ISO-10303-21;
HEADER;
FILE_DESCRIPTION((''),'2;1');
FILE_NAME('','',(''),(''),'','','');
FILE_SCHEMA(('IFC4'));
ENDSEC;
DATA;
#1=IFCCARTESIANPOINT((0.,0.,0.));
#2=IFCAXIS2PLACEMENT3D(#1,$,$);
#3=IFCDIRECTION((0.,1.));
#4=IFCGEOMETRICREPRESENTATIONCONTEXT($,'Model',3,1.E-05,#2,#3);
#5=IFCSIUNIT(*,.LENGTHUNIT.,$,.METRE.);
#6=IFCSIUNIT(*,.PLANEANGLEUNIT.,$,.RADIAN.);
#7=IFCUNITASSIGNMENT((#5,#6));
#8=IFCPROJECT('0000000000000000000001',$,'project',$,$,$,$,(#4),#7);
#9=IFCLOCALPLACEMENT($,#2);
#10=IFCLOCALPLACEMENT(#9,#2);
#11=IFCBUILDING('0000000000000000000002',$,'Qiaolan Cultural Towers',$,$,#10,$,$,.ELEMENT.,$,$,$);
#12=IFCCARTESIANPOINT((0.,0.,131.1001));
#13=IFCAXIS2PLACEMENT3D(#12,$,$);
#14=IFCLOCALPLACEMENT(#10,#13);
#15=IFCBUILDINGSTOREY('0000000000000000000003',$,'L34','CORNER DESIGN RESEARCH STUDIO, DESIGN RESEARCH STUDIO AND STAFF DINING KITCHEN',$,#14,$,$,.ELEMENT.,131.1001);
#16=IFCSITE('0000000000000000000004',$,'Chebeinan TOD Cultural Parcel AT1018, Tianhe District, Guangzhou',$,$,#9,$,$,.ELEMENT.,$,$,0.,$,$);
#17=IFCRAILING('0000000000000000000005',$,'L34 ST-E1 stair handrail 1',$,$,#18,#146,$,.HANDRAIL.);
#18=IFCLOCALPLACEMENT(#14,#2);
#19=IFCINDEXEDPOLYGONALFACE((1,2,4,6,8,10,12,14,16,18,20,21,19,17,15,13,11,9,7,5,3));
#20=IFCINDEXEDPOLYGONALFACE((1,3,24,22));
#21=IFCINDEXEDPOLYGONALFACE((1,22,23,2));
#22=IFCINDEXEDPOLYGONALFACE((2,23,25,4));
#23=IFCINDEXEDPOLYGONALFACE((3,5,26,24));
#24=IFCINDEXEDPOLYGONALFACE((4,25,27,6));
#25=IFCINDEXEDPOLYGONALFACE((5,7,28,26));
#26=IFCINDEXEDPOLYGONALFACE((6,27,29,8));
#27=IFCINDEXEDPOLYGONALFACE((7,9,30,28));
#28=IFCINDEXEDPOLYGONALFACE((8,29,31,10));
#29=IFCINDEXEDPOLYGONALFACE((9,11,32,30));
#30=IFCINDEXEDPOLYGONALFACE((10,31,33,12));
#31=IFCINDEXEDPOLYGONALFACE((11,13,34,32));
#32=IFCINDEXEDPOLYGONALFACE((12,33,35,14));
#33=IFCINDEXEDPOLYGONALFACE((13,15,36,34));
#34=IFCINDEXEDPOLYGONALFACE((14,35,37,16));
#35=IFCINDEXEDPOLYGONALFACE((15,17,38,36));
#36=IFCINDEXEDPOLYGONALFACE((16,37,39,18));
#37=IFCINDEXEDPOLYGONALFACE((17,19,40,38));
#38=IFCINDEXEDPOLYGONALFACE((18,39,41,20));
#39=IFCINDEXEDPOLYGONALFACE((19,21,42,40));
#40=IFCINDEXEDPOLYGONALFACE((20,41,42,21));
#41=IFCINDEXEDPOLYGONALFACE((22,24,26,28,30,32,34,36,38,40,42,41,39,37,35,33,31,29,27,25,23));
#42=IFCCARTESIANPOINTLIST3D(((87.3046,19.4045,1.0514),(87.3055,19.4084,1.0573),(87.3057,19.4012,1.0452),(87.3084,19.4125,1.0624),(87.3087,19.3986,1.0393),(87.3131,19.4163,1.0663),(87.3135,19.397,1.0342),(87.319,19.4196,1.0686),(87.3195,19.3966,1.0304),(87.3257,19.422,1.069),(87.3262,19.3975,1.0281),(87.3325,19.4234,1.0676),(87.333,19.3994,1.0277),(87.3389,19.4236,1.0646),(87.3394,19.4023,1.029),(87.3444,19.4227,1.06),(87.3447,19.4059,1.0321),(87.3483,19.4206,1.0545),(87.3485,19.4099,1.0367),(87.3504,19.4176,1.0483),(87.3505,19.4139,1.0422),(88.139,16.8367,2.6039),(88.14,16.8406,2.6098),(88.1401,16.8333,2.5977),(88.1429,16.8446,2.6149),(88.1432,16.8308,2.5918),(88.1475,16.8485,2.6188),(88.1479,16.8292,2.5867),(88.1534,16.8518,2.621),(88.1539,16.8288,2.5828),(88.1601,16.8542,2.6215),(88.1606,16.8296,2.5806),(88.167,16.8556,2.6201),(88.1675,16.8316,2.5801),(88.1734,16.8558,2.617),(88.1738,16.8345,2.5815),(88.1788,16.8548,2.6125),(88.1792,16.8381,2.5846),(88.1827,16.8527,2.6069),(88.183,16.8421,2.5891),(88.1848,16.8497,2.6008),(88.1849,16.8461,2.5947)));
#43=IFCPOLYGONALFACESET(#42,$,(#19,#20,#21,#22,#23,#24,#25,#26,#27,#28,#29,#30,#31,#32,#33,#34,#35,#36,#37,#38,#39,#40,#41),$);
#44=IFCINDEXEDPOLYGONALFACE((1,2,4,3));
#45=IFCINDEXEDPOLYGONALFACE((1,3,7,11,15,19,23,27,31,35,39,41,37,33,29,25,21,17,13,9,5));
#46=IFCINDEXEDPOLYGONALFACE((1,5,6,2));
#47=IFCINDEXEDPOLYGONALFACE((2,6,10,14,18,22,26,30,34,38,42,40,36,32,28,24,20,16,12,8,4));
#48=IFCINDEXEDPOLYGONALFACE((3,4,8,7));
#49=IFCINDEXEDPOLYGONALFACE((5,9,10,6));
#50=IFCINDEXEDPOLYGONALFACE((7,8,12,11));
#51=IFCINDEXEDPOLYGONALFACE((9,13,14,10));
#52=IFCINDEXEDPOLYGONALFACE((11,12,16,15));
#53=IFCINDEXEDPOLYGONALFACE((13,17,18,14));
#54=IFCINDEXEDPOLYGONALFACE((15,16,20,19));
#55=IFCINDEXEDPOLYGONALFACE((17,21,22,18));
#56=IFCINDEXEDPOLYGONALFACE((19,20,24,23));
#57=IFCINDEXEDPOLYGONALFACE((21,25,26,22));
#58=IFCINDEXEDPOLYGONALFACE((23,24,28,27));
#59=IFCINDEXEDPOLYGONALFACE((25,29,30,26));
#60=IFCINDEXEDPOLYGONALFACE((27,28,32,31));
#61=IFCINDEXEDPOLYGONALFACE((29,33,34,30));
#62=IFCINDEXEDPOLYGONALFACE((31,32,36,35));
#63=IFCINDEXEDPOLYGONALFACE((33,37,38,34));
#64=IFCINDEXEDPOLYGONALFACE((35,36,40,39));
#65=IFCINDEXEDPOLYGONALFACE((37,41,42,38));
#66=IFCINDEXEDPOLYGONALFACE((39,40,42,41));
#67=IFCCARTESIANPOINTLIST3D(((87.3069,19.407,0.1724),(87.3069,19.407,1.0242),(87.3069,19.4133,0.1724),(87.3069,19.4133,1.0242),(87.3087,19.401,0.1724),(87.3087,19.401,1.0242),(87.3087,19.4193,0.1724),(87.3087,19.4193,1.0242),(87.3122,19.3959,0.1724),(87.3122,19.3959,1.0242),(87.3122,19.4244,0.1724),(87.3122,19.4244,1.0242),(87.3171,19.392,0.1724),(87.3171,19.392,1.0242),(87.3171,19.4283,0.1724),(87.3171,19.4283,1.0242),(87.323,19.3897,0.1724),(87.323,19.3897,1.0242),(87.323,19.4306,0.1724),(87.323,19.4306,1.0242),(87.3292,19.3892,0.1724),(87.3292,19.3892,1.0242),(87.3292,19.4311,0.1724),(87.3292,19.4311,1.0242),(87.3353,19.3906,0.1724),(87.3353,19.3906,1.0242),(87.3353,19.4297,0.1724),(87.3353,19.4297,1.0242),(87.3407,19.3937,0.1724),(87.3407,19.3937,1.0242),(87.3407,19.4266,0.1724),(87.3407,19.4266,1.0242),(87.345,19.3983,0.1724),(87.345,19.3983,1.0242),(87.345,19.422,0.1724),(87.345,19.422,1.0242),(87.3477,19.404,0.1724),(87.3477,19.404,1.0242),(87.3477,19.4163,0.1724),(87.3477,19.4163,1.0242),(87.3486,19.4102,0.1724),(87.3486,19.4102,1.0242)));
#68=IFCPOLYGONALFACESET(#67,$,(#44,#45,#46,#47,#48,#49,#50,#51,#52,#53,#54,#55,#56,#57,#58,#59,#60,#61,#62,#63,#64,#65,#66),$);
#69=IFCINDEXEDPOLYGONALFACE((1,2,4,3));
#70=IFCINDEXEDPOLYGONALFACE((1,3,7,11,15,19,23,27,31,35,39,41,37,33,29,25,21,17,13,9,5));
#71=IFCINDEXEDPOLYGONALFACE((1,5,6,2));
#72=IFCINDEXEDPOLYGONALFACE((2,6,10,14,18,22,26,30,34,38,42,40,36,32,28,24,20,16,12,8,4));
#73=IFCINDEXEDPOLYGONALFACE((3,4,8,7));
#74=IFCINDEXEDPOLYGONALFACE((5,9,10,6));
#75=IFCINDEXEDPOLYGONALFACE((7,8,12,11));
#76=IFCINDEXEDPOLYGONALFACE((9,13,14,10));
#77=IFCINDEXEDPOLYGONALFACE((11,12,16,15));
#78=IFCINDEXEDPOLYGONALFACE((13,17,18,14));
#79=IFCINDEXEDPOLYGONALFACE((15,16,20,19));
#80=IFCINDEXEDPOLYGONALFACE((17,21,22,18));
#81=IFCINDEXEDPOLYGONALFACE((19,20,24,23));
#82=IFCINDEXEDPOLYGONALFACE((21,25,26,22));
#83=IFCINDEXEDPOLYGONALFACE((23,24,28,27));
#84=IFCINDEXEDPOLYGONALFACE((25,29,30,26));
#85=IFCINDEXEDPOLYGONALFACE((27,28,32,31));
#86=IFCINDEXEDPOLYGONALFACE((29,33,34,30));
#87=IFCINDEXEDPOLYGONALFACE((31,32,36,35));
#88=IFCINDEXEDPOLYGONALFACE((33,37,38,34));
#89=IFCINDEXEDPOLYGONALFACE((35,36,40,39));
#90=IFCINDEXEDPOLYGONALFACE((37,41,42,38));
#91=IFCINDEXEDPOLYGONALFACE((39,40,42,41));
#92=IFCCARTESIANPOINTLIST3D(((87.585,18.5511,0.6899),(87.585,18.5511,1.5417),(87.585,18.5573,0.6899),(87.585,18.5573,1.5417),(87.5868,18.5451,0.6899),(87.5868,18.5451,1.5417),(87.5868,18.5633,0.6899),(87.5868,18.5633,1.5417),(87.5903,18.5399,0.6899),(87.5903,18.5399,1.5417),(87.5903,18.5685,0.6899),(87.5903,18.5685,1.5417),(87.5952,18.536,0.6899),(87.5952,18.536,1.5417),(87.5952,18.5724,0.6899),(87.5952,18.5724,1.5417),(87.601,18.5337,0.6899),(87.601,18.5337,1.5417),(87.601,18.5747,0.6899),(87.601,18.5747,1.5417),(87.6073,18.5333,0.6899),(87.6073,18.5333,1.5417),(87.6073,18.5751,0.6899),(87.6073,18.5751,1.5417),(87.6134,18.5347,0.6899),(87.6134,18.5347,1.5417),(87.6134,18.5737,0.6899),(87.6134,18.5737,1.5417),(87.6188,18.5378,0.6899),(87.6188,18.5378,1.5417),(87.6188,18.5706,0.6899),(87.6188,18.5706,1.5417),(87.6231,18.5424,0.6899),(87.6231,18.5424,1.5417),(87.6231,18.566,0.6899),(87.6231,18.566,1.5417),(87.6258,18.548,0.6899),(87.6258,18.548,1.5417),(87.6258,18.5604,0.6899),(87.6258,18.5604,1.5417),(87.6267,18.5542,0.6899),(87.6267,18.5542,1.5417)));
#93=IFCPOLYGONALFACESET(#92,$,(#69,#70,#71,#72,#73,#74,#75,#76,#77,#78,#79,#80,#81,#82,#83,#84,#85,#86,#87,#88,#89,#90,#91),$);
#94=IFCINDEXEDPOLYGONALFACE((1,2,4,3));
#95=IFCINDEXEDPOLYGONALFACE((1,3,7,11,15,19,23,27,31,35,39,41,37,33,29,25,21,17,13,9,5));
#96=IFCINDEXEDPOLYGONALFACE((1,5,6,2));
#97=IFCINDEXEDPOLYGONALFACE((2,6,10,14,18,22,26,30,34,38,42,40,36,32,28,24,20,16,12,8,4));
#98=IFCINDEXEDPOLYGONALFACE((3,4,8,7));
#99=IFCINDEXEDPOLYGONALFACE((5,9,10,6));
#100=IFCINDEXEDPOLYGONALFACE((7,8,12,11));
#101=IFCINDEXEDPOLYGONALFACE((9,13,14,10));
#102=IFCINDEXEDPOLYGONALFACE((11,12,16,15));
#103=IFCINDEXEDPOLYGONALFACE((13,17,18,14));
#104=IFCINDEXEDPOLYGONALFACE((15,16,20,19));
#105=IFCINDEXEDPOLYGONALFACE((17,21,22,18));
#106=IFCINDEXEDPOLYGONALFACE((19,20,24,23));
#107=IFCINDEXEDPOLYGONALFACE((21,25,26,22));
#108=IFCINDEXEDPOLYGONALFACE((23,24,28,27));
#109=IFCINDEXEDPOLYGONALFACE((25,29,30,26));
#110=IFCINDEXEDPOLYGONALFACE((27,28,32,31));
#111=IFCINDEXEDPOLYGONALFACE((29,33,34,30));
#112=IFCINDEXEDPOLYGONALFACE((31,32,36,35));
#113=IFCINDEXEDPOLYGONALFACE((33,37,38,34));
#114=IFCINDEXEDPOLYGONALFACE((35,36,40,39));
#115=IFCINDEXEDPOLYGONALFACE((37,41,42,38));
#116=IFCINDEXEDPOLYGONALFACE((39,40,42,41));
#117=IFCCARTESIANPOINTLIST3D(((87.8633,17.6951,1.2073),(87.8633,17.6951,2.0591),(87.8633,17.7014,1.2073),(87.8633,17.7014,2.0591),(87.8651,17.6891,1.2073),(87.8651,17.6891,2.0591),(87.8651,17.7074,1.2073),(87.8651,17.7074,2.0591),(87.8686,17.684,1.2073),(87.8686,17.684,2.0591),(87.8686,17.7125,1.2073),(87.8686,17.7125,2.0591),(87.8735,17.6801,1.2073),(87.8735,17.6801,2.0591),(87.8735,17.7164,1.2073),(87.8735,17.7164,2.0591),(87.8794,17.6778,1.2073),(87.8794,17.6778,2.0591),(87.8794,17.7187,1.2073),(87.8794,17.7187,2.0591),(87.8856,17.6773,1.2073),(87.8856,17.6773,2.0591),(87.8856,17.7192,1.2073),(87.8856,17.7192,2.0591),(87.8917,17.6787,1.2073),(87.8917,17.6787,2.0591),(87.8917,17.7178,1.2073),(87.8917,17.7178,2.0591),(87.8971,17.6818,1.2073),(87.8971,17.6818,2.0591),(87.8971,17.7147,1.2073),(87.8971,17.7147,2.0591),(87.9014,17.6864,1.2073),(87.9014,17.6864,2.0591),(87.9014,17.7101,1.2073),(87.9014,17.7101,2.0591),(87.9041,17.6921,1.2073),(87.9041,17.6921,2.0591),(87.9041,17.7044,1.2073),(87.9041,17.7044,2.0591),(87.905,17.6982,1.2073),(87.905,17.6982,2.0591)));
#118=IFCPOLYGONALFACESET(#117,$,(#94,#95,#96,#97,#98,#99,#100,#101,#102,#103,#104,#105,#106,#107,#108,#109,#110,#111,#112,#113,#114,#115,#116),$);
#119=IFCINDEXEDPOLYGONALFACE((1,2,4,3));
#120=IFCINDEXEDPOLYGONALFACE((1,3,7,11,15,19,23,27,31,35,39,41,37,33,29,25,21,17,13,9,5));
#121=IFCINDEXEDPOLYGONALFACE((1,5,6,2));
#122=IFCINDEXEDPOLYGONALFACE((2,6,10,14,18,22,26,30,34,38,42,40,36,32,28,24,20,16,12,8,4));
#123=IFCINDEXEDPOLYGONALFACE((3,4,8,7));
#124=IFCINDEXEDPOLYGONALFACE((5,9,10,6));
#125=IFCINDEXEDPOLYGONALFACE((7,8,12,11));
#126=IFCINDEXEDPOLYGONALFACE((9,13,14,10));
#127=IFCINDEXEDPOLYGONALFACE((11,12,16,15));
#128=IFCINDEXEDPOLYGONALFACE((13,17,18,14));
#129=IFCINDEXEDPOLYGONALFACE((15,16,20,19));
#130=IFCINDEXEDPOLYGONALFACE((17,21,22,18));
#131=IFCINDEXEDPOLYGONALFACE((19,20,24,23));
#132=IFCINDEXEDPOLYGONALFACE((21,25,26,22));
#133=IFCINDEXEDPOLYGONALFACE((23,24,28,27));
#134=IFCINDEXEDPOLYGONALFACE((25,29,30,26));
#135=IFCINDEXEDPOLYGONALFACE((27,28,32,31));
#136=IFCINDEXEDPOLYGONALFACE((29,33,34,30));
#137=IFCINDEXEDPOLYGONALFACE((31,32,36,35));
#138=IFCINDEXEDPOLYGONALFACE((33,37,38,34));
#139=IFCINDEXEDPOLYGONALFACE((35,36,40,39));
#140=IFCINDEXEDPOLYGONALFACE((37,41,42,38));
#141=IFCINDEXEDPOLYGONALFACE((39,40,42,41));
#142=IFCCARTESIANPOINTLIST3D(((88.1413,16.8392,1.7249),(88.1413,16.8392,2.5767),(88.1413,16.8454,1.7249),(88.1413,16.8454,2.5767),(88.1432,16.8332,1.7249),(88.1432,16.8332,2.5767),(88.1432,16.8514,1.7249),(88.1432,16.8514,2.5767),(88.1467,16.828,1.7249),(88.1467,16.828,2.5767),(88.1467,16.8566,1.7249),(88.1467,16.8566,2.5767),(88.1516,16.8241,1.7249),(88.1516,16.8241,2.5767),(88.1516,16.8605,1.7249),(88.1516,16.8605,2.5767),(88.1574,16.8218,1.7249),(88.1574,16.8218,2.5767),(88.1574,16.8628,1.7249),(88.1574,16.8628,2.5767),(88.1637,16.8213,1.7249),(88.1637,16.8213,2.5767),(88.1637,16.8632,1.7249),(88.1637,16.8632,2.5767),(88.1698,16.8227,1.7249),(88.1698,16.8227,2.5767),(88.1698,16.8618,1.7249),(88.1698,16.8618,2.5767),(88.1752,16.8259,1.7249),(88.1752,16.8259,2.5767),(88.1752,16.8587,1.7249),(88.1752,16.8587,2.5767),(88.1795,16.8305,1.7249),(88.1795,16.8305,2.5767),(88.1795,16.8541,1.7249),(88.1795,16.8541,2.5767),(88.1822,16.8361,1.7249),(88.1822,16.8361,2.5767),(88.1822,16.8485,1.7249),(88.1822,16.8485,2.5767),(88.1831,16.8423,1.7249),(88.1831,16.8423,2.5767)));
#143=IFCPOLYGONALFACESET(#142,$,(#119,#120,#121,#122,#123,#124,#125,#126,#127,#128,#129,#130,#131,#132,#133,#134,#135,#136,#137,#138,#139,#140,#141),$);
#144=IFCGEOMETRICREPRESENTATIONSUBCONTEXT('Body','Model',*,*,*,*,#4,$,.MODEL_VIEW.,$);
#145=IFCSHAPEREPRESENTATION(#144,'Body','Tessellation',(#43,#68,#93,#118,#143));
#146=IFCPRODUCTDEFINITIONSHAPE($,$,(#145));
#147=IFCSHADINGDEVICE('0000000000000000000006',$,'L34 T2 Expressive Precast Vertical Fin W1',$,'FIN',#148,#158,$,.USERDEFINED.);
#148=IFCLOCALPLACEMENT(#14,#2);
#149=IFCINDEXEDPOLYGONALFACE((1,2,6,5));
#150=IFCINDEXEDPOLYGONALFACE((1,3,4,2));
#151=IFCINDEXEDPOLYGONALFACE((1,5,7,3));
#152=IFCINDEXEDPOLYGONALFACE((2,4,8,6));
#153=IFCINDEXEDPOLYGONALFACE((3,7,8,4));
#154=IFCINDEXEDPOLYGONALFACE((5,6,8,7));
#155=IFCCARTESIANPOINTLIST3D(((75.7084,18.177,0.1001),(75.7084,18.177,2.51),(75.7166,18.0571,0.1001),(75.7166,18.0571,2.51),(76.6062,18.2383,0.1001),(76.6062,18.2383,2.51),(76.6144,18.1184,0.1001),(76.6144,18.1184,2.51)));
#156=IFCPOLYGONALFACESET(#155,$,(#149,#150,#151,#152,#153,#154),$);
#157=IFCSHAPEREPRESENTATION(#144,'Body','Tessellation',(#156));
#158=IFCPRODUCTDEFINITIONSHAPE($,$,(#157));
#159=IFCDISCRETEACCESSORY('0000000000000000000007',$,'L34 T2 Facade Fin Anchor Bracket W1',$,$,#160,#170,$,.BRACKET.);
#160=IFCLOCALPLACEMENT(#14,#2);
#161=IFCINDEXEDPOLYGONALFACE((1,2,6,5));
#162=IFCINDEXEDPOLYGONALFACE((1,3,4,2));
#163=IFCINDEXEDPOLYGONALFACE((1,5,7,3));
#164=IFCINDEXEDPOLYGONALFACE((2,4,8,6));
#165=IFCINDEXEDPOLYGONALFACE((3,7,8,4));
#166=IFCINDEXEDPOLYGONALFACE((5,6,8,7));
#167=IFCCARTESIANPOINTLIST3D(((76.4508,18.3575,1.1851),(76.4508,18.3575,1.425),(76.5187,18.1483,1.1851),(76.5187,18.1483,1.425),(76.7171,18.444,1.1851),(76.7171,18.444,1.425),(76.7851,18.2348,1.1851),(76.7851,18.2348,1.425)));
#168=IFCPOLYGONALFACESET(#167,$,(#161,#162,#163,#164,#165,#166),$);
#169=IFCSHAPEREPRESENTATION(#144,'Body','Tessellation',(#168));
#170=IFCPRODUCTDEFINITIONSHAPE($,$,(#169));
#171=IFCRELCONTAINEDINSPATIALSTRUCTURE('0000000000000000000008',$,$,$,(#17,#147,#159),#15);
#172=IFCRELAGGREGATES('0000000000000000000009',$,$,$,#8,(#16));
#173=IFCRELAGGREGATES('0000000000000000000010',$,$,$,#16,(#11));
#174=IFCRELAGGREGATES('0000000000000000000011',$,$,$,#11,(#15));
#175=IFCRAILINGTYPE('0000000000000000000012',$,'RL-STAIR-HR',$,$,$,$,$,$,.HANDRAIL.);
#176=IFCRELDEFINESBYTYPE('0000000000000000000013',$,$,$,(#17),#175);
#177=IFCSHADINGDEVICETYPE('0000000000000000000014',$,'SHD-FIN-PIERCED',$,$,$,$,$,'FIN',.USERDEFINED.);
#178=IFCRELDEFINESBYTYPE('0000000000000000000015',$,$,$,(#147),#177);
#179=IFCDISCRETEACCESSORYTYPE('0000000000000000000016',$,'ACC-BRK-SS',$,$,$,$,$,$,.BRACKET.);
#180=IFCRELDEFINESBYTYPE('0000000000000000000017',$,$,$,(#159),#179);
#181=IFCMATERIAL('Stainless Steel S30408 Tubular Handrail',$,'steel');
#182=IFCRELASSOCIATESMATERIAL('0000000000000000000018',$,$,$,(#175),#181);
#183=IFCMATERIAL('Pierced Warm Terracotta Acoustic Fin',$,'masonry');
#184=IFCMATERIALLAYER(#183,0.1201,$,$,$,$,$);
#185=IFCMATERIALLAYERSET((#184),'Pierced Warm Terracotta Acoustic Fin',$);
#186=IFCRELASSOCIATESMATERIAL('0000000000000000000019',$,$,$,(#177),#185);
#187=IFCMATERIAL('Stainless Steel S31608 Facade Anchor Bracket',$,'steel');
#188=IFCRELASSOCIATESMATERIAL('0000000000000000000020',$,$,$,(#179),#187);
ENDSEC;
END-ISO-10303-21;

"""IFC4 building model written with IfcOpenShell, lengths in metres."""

from ifc_helpers import new_model, si_unit, direction, frame, origin, origin_2d, place, context, subcontext, project, spatial, rectangle, circle, extrude, material, layer, layer_set, type_object, element, save


model = new_model("IFC4")

# Units and contexts
model_context = context("Model", 3, precision=1e-05, world=origin(), true_north=direction((0.0, 1.0)))
body_context = subcontext(model_context, "Body", "Model", "MODEL_VIEW")
ifc_project = project(units=[si_unit("LENGTHUNIT", "METRE"), si_unit("PLANEANGLEUNIT", "RADIAN")], contexts=[model_context])

# Site, building, storey
site_placement = place(None, origin())
site = spatial("IfcSite", under=ifc_project, at=site_placement, Name="Chebeinan TOD Cultural Parcel AT1018, Tianhe District, Guangzhou", CompositionType="ELEMENT", RefElevation=0.0)
building_placement = place(site_placement, origin())
building = spatial("IfcBuilding", under=site, at=building_placement, Name="Qiaolan Cultural Towers", CompositionType="ELEMENT")
storey_placement = place(building_placement, frame((0.0, 0.0, 131.1001)))
storey = spatial("IfcBuildingStorey", under=building, at=storey_placement, Name="L34", Description="CORNER DESIGN RESEARCH STUDIO, DESIGN RESEARCH STUDIO AND STAFF DINING KITCHEN", CompositionType="ELEMENT", Elevation=131.1001)

# Railing
ifc_material_1 = material(Name="Stainless Steel S30408 Tubular Handrail", Category="steel")
railing_type_1 = type_object("IfcRailingType", Name="RL-STAIR-HR", PredefinedType="HANDRAIL", material=ifc_material_1)
railing_1_placement = place(storey_placement, frame((87.3276, 19.4102, 0.1724)))
element("IfcRailing", 1, at=railing_1_placement, inside=storey, type_object=railing_type_1, Name="L34 ST-E1 stair handrail 1", PredefinedType="HANDRAIL", context=body_context, shape_type="SweptSolid", body=[
    extrude(circle(Radius=0.0239, at=origin_2d()), frame((0.0, 0.0, 0.876), z_axis=(0.267926, -0.824471, 0.498461), x_axis=(0.951043, 0.309057, 0.0)), (0.0, 0.0, 1.0), 3.1145),
    extrude(circle(Radius=0.021, at=origin_2d()), origin(), (0.0, 0.0, 1.0), 0.8518),
    extrude(circle(Radius=0.021, at=origin_2d()), frame((0.2781, -0.856, 0.5176)), (0.0, 0.0, 1.0), 0.8518),
    extrude(circle(Radius=0.021, at=origin_2d()), frame((0.5564, -1.7119, 1.0349)), (0.0, 0.0, 1.0), 0.8518),
    extrude(circle(Radius=0.021, at=origin_2d()), frame((0.8345, -2.5679, 1.5525)), (0.0, 0.0, 1.0), 0.8518),
])

# Shading device
ifc_material_2 = material(Name="Pierced Warm Terracotta Acoustic Fin", Category="masonry")
ifc_layer_1 = layer(ifc_material_2, 0.1201)
ifc_layer_set_1 = layer_set([ifc_layer_1], Name="Pierced Warm Terracotta Acoustic Fin")
shading_device_type = type_object("IfcShadingDeviceType", Name="SHD-FIN-PIERCED", ElementType="FIN", PredefinedType="USERDEFINED", material=ifc_layer_set_1)
shading_device_placement = place(storey_placement, frame((76.1614, 18.1477, 0.1001), z_axis=(0.0, 0.0, 1.0), x_axis=(0.997679, 0.068096, 0.0)))
element("IfcShadingDevice", 2, at=shading_device_placement, inside=storey, type_object=shading_device_type, Name="L34 T2 Expressive Precast Vertical Fin W1", ObjectType="FIN", PredefinedType="USERDEFINED", context=body_context, shape_type="SweptSolid", body=[
    extrude(rectangle(XDim=0.8999, YDim=0.1201, at=origin_2d()), origin(), (0.0, 0.0, 1.0), 2.4099),
])

# Discrete accessory
ifc_material_3 = material(Name="Stainless Steel S31608 Facade Anchor Bracket", Category="steel")
discrete_accessory_type = type_object("IfcDiscreteAccessoryType", Name="ACC-BRK-SS", PredefinedType="BRACKET", material=ifc_material_3)
discrete_accessory_placement = place(storey_placement, frame((76.6179, 18.2961, 1.1851), z_axis=(0.0, 0.0, 1.0), x_axis=(0.951057, 0.309017, 0.0)))
element("IfcDiscreteAccessory", 3, at=discrete_accessory_placement, inside=storey, type_object=discrete_accessory_type, Name="L34 T2 Facade Fin Anchor Bracket W1", PredefinedType="BRACKET", context=body_context, shape_type="SweptSolid", body=[
    extrude(rectangle(XDim=0.28, YDim=0.22, at=origin_2d()), origin(), (0.0, 0.0, 1.0), 0.24),
])

save(model, "model.ifc")
